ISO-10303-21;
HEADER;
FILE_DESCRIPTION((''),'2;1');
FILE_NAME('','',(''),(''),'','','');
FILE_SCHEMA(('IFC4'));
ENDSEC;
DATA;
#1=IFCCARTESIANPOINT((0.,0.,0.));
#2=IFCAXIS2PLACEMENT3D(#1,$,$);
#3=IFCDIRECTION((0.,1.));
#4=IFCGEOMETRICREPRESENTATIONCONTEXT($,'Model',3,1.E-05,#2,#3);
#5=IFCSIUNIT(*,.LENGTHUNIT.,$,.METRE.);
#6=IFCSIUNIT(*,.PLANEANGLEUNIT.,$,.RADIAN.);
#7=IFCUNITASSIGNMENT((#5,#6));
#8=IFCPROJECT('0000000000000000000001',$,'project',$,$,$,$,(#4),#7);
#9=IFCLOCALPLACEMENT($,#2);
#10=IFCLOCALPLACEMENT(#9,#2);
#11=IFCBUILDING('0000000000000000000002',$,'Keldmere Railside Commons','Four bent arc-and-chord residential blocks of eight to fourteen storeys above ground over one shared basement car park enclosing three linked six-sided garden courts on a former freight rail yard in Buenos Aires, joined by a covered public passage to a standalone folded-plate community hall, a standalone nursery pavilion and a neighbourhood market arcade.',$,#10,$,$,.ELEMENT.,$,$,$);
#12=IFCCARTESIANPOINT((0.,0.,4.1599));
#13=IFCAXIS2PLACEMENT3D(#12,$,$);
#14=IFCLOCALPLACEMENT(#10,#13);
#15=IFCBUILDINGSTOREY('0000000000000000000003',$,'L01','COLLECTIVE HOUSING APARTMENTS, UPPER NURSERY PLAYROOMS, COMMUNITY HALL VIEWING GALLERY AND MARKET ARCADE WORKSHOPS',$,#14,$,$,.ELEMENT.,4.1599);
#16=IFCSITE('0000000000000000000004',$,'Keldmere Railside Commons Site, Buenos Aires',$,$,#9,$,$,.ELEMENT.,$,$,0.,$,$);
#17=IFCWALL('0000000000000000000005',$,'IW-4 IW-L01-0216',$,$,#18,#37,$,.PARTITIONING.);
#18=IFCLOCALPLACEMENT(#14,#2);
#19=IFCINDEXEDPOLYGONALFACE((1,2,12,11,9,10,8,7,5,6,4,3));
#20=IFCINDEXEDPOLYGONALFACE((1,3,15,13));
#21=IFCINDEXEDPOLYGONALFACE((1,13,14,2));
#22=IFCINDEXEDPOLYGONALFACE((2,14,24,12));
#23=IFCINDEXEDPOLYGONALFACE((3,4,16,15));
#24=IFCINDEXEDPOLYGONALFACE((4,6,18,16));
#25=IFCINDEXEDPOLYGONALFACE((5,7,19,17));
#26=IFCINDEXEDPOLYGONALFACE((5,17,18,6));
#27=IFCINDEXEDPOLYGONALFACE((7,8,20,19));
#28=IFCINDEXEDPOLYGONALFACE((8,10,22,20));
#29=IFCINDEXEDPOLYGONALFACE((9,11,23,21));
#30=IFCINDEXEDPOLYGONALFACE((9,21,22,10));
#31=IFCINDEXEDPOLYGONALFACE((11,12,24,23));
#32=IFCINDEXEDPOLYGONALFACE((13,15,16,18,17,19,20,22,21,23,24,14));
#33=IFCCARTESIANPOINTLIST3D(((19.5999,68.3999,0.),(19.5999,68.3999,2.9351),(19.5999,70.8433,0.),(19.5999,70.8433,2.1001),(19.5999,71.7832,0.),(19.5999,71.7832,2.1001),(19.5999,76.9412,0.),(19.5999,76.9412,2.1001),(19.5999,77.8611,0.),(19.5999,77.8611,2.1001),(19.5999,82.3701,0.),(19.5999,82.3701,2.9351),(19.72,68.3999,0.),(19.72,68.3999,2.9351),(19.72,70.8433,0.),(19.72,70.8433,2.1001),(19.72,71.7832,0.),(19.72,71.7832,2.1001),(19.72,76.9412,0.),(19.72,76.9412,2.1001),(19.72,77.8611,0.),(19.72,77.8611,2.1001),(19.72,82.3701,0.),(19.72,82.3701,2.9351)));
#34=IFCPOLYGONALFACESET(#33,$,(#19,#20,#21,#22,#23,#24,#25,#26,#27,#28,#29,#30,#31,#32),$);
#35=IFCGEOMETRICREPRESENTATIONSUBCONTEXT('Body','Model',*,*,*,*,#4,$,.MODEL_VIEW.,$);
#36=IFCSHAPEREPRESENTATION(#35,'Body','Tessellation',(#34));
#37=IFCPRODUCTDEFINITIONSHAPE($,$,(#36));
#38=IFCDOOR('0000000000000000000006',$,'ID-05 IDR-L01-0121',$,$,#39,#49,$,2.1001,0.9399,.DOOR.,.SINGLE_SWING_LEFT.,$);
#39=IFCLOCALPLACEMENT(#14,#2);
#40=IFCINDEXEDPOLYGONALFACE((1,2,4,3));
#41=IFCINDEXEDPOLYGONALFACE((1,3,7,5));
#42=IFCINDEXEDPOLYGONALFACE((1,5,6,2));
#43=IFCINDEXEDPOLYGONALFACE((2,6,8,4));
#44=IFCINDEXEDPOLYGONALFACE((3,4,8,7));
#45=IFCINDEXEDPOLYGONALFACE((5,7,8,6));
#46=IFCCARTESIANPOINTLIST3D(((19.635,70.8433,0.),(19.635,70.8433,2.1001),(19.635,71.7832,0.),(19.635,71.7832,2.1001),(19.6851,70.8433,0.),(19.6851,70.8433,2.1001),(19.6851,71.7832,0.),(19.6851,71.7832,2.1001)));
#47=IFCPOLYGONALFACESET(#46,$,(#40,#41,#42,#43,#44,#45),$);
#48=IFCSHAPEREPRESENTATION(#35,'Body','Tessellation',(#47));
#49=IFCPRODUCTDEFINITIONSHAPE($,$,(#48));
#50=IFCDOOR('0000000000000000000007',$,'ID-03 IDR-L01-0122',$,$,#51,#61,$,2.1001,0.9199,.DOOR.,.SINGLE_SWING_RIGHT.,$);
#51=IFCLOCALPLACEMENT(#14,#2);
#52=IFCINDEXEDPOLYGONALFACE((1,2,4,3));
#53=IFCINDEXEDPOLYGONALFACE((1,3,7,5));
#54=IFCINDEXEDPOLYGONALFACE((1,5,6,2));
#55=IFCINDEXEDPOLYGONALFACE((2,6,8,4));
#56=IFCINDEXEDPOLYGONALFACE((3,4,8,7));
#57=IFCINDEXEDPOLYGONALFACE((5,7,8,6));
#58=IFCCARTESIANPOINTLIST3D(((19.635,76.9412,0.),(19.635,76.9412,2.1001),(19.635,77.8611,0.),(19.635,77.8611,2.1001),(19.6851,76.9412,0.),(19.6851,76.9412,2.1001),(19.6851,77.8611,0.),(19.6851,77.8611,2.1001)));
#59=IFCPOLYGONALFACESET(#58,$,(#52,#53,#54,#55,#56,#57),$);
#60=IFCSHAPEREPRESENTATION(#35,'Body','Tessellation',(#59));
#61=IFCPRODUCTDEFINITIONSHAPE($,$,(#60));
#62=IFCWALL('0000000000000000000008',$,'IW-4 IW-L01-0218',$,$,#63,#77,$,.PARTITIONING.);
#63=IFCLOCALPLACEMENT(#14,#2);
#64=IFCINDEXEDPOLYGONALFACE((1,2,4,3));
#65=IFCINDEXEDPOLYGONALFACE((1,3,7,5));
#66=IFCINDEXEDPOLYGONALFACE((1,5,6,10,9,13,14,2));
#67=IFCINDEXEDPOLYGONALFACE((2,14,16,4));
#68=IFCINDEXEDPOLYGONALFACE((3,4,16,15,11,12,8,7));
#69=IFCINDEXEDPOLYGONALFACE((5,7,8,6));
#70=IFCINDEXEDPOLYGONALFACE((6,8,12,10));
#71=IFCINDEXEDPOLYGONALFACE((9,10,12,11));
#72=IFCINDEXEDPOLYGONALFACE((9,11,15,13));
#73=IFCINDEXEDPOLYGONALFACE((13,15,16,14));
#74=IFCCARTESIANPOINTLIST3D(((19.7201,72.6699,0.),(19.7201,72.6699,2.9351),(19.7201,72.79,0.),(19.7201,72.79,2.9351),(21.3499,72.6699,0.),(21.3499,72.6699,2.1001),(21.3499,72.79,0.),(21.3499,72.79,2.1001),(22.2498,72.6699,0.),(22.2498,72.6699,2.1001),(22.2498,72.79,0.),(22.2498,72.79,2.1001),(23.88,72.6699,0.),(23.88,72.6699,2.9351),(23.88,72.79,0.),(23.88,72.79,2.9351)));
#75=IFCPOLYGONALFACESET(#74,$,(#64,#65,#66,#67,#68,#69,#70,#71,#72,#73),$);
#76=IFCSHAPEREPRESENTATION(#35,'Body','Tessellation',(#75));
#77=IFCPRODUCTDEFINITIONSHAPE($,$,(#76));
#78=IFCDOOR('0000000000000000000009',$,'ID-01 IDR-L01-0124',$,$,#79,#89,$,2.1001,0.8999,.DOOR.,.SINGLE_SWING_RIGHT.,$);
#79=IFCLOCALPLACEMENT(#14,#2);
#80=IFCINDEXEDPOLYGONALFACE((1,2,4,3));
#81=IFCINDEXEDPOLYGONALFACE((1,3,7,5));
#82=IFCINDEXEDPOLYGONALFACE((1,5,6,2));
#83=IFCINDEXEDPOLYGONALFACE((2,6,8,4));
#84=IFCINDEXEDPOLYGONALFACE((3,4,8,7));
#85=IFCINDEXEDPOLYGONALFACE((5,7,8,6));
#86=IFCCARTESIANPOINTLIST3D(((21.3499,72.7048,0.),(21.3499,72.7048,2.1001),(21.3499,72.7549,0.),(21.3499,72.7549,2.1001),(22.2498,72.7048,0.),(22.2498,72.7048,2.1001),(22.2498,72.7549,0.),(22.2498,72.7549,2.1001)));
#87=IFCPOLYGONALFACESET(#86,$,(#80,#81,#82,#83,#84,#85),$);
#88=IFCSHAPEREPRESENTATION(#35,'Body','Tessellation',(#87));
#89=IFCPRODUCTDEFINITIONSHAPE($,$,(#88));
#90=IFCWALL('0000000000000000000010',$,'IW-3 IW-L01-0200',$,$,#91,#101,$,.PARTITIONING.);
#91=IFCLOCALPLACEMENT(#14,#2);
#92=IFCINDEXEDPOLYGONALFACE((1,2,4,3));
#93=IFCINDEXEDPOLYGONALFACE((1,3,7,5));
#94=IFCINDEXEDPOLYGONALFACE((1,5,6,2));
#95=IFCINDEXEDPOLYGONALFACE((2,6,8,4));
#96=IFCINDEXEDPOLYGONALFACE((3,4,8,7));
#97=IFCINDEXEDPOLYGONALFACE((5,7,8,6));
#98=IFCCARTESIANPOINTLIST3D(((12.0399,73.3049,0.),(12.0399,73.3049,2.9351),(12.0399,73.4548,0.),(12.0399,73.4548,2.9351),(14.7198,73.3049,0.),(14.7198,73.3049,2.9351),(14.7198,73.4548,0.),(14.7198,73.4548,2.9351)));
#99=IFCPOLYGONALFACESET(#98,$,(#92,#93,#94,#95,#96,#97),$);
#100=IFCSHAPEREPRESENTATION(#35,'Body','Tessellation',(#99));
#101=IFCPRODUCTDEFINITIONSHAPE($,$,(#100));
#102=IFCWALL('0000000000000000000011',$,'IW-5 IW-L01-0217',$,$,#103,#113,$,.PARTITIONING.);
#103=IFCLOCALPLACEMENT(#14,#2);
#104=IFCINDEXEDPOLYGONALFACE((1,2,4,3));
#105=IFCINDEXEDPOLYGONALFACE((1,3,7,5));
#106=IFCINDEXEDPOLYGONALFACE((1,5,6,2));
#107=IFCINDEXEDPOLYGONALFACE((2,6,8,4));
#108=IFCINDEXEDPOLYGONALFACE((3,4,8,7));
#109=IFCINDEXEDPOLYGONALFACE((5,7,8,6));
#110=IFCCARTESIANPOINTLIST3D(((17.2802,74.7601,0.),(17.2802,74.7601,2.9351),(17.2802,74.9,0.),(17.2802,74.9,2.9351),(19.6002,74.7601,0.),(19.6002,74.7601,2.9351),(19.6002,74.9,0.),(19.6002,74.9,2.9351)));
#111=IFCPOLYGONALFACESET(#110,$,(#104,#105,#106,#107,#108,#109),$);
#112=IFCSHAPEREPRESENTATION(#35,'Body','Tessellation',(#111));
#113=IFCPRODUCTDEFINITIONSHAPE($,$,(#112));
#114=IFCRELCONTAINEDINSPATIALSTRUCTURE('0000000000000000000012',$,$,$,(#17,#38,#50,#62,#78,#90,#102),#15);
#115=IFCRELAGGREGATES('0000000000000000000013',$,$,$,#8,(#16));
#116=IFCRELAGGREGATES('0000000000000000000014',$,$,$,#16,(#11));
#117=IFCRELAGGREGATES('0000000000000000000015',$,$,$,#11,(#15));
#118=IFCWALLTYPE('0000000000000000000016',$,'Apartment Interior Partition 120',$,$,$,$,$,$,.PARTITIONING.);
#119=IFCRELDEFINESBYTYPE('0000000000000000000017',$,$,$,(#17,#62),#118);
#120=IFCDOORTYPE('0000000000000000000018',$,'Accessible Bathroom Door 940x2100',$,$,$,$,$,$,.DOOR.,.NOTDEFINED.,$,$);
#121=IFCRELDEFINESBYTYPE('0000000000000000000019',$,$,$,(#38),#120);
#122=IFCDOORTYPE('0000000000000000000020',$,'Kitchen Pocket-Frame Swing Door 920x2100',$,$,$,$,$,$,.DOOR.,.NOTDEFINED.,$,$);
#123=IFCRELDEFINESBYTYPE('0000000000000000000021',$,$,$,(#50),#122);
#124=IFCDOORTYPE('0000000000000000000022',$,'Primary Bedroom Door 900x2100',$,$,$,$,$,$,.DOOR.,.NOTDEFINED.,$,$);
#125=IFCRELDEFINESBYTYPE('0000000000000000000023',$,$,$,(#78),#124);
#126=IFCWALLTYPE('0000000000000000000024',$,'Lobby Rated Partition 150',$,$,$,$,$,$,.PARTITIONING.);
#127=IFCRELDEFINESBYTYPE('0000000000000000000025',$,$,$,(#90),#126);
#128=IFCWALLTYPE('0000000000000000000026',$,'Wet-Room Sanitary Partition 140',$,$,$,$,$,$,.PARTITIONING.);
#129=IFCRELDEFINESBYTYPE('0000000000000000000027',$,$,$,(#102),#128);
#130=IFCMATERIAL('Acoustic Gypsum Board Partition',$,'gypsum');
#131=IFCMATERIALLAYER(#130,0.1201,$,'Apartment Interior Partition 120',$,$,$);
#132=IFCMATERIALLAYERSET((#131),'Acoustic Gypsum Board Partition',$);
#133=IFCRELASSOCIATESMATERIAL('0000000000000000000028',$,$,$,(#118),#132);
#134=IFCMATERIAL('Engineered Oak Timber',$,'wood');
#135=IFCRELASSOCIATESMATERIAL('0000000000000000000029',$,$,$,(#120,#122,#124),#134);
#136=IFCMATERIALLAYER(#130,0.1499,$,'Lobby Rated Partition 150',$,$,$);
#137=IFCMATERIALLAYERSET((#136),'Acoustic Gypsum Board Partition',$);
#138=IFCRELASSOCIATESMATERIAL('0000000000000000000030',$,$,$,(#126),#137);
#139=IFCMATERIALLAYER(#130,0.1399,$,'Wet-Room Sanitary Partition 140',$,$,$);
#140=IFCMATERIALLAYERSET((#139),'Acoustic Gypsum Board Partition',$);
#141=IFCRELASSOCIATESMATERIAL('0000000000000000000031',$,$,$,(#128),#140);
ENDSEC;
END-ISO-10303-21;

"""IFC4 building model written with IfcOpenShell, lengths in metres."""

from ifc_helpers import new_model, si_unit, direction, frame, frame_2d, origin, place, context, subcontext, project, spatial, rectangle, extrude, material, layer, layer_set, type_object, element, fill, save


model = new_model("IFC4")

# Units and contexts
model_context = context("Model", 3, precision=1e-05, world=origin(), true_north=direction((0.0, 1.0)))
body_context = subcontext(model_context, "Body", "Model", "MODEL_VIEW")
ifc_project = project(units=[si_unit("LENGTHUNIT", "METRE"), si_unit("PLANEANGLEUNIT", "RADIAN")], contexts=[model_context])

# Site, building, storey
site_placement = place(None, origin())
site = spatial("IfcSite", under=ifc_project, at=site_placement, Name="Keldmere Railside Commons Site, Buenos Aires", CompositionType="ELEMENT", RefElevation=0.0)
building_placement = place(site_placement, origin())
building = spatial("IfcBuilding", under=site, at=building_placement, Name="Keldmere Railside Commons", Description="Four bent arc-and-chord residential blocks of eight to fourteen storeys above ground over one shared basement car park enclosing three linked six-sided garden courts on a former freight rail yard in Buenos Aires, joined by a covered public passage to a standalone folded-plate community hall, a standalone nursery pavilion and a neighbourhood market arcade.", CompositionType="ELEMENT")
storey_placement = place(building_placement, frame((0.0, 0.0, 4.1599)))
storey = spatial("IfcBuildingStorey", under=building, at=storey_placement, Name="L01", Description="COLLECTIVE HOUSING APARTMENTS, UPPER NURSERY PLAYROOMS, COMMUNITY HALL VIEWING GALLERY AND MARKET ARCADE WORKSHOPS", CompositionType="ELEMENT", Elevation=4.1599)

# Shared definitions
ifc_material_1 = material(Name="Acoustic Gypsum Board Partition", Category="gypsum")

# Wall, openings, doors
ifc_layer_1 = layer(ifc_material_1, 0.1201, Name="Apartment Interior Partition 120")
ifc_layer_set_1 = layer_set([ifc_layer_1], Name="Acoustic Gypsum Board Partition")
wall_type_1 = type_object("IfcWallType", Name="Apartment Interior Partition 120", PredefinedType="PARTITIONING", material=ifc_layer_set_1)
wall_1_placement = place(storey_placement, frame((19.6599, 68.3999, 0.0), z_axis=(0.0, 0.0, 1.0), x_axis=(0.0, 1.0, 0.0)))
wall_1 = element("IfcWall", 1, at=wall_1_placement, inside=storey, type_object=wall_type_1, Name="IW-4 IW-L01-0216", PredefinedType="PARTITIONING", context=body_context, shape_type="SweptSolid", body=[
    extrude(rectangle(XDim=13.9702, YDim=0.1201, at=frame_2d((6.9851, 0.0))), origin(), (0.0, 0.0, 1.0), 2.9351),
])
opening_1_placement = place(wall_1_placement, frame((2.4434, 0.0, 0.0)))
opening_1 = element("IfcOpeningElement", 2, at=opening_1_placement, cuts=wall_1, PredefinedType="OPENING", context=body_context, shape_type="SweptSolid", body=[
    extrude(rectangle(XDim=0.9399, YDim=2.1001, at=frame_2d((0.47, 1.05))), frame((0.0, 0.0701, 0.0), z_axis=(0.0, -1.0, 0.0), x_axis=(1.0, 0.0, 0.0)), (0.0, 0.0, 1.0), 0.1401),
])
opening_2_placement = place(wall_1_placement, frame((8.5413, 0.0, 0.0)))
opening_2 = element("IfcOpeningElement", 3, at=opening_2_placement, cuts=wall_1, PredefinedType="OPENING", context=body_context, shape_type="SweptSolid", body=[
    extrude(rectangle(XDim=0.9199, YDim=2.1001, at=frame_2d((0.46, 1.05))), frame((0.0, 0.0701, 0.0), z_axis=(0.0, -1.0, 0.0), x_axis=(1.0, 0.0, 0.0)), (0.0, 0.0, 1.0), 0.1401),
])
ifc_material_2 = material(Name="Engineered Oak Timber", Category="wood")
door_type_1 = type_object("IfcDoorType", Name="Accessible Bathroom Door 940x2100", OperationType="NOTDEFINED", PredefinedType="DOOR", material=ifc_material_2)
door_1_placement = place(opening_1_placement, origin())
door_1 = element("IfcDoor", 4, at=door_1_placement, inside=storey, type_object=door_type_1, Name="ID-05 IDR-L01-0121", OperationType="SINGLE_SWING_LEFT", OverallHeight=2.1001, OverallWidth=0.9399, PredefinedType="DOOR", context=body_context, shape_type="SweptSolid", body=[
    extrude(rectangle(XDim=0.9399, YDim=2.1001, at=frame_2d((0.47, 1.05))), frame((0.0, 0.0249, 0.0), z_axis=(0.0, -1.0, 0.0), x_axis=(1.0, 0.0, 0.0)), (0.0, 0.0, 1.0), 0.05),
])
fill(opening_1, door_1)
door_type_2 = type_object("IfcDoorType", Name="Kitchen Pocket-Frame Swing Door 920x2100", OperationType="NOTDEFINED", PredefinedType="DOOR", material=ifc_material_2)
door_2_placement = place(opening_2_placement, origin())
door_2 = element("IfcDoor", 5, at=door_2_placement, inside=storey, type_object=door_type_2, Name="ID-03 IDR-L01-0122", OperationType="SINGLE_SWING_RIGHT", OverallHeight=2.1001, OverallWidth=0.9199, PredefinedType="DOOR", context=body_context, shape_type="SweptSolid", body=[
    extrude(rectangle(XDim=0.9199, YDim=2.1001, at=frame_2d((0.46, 1.05))), frame((0.0, 0.0249, 0.0), z_axis=(0.0, -1.0, 0.0), x_axis=(1.0, 0.0, 0.0)), (0.0, 0.0, 1.0), 0.05),
])
fill(opening_2, door_2)

# Wall, opening, door
wall_2_placement = place(storey_placement, frame((19.72, 72.73, 0.0), z_axis=(0.0, 0.0, 1.0), x_axis=(1.0, 0.0, 0.0)))
wall_2 = element("IfcWall", 6, at=wall_2_placement, inside=storey, type_object=wall_type_1, Name="IW-4 IW-L01-0218", PredefinedType="PARTITIONING", context=body_context, shape_type="SweptSolid", body=[
    extrude(rectangle(XDim=4.1599, YDim=0.1201, at=frame_2d((2.0801, 0.0))), origin(), (0.0, 0.0, 1.0), 2.9351),
])
opening_3_placement = place(wall_2_placement, frame((1.6299, 0.0, 0.0)))
opening_3 = element("IfcOpeningElement", 7, at=opening_3_placement, cuts=wall_2, PredefinedType="OPENING", context=body_context, shape_type="SweptSolid", body=[
    extrude(rectangle(XDim=0.8999, YDim=2.1001, at=frame_2d((0.45, 1.05))), frame((0.0, 0.0701, 0.0), z_axis=(0.0, -1.0, 0.0), x_axis=(1.0, 0.0, 0.0)), (0.0, 0.0, 1.0), 0.1401),
])
door_type_3 = type_object("IfcDoorType", Name="Primary Bedroom Door 900x2100", OperationType="NOTDEFINED", PredefinedType="DOOR", material=ifc_material_2)
door_3_placement = place(opening_3_placement, origin())
door_3 = element("IfcDoor", 8, at=door_3_placement, inside=storey, type_object=door_type_3, Name="ID-01 IDR-L01-0124", OperationType="SINGLE_SWING_RIGHT", OverallHeight=2.1001, OverallWidth=0.8999, PredefinedType="DOOR", context=body_context, shape_type="SweptSolid", body=[
    extrude(rectangle(XDim=0.8999, YDim=2.1001, at=frame_2d((0.45, 1.05))), frame((0.0, 0.0249, 0.0), z_axis=(0.0, -1.0, 0.0), x_axis=(1.0, 0.0, 0.0)), (0.0, 0.0, 1.0), 0.05),
])
fill(opening_3, door_3)

# Walls
ifc_layer_2 = layer(ifc_material_1, 0.1499, Name="Lobby Rated Partition 150")
ifc_layer_set_2 = layer_set([ifc_layer_2], Name="Acoustic Gypsum Board Partition")
wall_type_2 = type_object("IfcWallType", Name="Lobby Rated Partition 150", PredefinedType="PARTITIONING", material=ifc_layer_set_2)
wall_3_placement = place(storey_placement, frame((12.04, 73.3799, 0.0), z_axis=(0.0, 0.0, 1.0), x_axis=(1.0, 0.0, 0.0)))
element("IfcWall", 9, at=wall_3_placement, inside=storey, type_object=wall_type_2, Name="IW-3 IW-L01-0200", PredefinedType="PARTITIONING", context=body_context, shape_type="SweptSolid", body=[
    extrude(rectangle(XDim=2.6799, YDim=0.1499, at=frame_2d((1.3398, 0.0))), origin(), (0.0, 0.0, 1.0), 2.9351),
])
ifc_layer_3 = layer(ifc_material_1, 0.1399, Name="Wet-Room Sanitary Partition 140")
ifc_layer_set_3 = layer_set([ifc_layer_3], Name="Acoustic Gypsum Board Partition")
wall_type_3 = type_object("IfcWallType", Name="Wet-Room Sanitary Partition 140", PredefinedType="PARTITIONING", material=ifc_layer_set_3)
wall_4_placement = place(storey_placement, frame((17.28, 74.8301, 0.0), z_axis=(0.0, 0.0, 1.0), x_axis=(1.0, 0.0, 0.0)))
element("IfcWall", 10, at=wall_4_placement, inside=storey, type_object=wall_type_3, Name="IW-5 IW-L01-0217", PredefinedType="PARTITIONING", context=body_context, shape_type="SweptSolid", body=[
    extrude(rectangle(XDim=2.3201, YDim=0.1399, at=frame_2d((1.1602, 0.0))), origin(), (0.0, 0.0, 1.0), 2.9351),
])

save(model, "model.ifc")
